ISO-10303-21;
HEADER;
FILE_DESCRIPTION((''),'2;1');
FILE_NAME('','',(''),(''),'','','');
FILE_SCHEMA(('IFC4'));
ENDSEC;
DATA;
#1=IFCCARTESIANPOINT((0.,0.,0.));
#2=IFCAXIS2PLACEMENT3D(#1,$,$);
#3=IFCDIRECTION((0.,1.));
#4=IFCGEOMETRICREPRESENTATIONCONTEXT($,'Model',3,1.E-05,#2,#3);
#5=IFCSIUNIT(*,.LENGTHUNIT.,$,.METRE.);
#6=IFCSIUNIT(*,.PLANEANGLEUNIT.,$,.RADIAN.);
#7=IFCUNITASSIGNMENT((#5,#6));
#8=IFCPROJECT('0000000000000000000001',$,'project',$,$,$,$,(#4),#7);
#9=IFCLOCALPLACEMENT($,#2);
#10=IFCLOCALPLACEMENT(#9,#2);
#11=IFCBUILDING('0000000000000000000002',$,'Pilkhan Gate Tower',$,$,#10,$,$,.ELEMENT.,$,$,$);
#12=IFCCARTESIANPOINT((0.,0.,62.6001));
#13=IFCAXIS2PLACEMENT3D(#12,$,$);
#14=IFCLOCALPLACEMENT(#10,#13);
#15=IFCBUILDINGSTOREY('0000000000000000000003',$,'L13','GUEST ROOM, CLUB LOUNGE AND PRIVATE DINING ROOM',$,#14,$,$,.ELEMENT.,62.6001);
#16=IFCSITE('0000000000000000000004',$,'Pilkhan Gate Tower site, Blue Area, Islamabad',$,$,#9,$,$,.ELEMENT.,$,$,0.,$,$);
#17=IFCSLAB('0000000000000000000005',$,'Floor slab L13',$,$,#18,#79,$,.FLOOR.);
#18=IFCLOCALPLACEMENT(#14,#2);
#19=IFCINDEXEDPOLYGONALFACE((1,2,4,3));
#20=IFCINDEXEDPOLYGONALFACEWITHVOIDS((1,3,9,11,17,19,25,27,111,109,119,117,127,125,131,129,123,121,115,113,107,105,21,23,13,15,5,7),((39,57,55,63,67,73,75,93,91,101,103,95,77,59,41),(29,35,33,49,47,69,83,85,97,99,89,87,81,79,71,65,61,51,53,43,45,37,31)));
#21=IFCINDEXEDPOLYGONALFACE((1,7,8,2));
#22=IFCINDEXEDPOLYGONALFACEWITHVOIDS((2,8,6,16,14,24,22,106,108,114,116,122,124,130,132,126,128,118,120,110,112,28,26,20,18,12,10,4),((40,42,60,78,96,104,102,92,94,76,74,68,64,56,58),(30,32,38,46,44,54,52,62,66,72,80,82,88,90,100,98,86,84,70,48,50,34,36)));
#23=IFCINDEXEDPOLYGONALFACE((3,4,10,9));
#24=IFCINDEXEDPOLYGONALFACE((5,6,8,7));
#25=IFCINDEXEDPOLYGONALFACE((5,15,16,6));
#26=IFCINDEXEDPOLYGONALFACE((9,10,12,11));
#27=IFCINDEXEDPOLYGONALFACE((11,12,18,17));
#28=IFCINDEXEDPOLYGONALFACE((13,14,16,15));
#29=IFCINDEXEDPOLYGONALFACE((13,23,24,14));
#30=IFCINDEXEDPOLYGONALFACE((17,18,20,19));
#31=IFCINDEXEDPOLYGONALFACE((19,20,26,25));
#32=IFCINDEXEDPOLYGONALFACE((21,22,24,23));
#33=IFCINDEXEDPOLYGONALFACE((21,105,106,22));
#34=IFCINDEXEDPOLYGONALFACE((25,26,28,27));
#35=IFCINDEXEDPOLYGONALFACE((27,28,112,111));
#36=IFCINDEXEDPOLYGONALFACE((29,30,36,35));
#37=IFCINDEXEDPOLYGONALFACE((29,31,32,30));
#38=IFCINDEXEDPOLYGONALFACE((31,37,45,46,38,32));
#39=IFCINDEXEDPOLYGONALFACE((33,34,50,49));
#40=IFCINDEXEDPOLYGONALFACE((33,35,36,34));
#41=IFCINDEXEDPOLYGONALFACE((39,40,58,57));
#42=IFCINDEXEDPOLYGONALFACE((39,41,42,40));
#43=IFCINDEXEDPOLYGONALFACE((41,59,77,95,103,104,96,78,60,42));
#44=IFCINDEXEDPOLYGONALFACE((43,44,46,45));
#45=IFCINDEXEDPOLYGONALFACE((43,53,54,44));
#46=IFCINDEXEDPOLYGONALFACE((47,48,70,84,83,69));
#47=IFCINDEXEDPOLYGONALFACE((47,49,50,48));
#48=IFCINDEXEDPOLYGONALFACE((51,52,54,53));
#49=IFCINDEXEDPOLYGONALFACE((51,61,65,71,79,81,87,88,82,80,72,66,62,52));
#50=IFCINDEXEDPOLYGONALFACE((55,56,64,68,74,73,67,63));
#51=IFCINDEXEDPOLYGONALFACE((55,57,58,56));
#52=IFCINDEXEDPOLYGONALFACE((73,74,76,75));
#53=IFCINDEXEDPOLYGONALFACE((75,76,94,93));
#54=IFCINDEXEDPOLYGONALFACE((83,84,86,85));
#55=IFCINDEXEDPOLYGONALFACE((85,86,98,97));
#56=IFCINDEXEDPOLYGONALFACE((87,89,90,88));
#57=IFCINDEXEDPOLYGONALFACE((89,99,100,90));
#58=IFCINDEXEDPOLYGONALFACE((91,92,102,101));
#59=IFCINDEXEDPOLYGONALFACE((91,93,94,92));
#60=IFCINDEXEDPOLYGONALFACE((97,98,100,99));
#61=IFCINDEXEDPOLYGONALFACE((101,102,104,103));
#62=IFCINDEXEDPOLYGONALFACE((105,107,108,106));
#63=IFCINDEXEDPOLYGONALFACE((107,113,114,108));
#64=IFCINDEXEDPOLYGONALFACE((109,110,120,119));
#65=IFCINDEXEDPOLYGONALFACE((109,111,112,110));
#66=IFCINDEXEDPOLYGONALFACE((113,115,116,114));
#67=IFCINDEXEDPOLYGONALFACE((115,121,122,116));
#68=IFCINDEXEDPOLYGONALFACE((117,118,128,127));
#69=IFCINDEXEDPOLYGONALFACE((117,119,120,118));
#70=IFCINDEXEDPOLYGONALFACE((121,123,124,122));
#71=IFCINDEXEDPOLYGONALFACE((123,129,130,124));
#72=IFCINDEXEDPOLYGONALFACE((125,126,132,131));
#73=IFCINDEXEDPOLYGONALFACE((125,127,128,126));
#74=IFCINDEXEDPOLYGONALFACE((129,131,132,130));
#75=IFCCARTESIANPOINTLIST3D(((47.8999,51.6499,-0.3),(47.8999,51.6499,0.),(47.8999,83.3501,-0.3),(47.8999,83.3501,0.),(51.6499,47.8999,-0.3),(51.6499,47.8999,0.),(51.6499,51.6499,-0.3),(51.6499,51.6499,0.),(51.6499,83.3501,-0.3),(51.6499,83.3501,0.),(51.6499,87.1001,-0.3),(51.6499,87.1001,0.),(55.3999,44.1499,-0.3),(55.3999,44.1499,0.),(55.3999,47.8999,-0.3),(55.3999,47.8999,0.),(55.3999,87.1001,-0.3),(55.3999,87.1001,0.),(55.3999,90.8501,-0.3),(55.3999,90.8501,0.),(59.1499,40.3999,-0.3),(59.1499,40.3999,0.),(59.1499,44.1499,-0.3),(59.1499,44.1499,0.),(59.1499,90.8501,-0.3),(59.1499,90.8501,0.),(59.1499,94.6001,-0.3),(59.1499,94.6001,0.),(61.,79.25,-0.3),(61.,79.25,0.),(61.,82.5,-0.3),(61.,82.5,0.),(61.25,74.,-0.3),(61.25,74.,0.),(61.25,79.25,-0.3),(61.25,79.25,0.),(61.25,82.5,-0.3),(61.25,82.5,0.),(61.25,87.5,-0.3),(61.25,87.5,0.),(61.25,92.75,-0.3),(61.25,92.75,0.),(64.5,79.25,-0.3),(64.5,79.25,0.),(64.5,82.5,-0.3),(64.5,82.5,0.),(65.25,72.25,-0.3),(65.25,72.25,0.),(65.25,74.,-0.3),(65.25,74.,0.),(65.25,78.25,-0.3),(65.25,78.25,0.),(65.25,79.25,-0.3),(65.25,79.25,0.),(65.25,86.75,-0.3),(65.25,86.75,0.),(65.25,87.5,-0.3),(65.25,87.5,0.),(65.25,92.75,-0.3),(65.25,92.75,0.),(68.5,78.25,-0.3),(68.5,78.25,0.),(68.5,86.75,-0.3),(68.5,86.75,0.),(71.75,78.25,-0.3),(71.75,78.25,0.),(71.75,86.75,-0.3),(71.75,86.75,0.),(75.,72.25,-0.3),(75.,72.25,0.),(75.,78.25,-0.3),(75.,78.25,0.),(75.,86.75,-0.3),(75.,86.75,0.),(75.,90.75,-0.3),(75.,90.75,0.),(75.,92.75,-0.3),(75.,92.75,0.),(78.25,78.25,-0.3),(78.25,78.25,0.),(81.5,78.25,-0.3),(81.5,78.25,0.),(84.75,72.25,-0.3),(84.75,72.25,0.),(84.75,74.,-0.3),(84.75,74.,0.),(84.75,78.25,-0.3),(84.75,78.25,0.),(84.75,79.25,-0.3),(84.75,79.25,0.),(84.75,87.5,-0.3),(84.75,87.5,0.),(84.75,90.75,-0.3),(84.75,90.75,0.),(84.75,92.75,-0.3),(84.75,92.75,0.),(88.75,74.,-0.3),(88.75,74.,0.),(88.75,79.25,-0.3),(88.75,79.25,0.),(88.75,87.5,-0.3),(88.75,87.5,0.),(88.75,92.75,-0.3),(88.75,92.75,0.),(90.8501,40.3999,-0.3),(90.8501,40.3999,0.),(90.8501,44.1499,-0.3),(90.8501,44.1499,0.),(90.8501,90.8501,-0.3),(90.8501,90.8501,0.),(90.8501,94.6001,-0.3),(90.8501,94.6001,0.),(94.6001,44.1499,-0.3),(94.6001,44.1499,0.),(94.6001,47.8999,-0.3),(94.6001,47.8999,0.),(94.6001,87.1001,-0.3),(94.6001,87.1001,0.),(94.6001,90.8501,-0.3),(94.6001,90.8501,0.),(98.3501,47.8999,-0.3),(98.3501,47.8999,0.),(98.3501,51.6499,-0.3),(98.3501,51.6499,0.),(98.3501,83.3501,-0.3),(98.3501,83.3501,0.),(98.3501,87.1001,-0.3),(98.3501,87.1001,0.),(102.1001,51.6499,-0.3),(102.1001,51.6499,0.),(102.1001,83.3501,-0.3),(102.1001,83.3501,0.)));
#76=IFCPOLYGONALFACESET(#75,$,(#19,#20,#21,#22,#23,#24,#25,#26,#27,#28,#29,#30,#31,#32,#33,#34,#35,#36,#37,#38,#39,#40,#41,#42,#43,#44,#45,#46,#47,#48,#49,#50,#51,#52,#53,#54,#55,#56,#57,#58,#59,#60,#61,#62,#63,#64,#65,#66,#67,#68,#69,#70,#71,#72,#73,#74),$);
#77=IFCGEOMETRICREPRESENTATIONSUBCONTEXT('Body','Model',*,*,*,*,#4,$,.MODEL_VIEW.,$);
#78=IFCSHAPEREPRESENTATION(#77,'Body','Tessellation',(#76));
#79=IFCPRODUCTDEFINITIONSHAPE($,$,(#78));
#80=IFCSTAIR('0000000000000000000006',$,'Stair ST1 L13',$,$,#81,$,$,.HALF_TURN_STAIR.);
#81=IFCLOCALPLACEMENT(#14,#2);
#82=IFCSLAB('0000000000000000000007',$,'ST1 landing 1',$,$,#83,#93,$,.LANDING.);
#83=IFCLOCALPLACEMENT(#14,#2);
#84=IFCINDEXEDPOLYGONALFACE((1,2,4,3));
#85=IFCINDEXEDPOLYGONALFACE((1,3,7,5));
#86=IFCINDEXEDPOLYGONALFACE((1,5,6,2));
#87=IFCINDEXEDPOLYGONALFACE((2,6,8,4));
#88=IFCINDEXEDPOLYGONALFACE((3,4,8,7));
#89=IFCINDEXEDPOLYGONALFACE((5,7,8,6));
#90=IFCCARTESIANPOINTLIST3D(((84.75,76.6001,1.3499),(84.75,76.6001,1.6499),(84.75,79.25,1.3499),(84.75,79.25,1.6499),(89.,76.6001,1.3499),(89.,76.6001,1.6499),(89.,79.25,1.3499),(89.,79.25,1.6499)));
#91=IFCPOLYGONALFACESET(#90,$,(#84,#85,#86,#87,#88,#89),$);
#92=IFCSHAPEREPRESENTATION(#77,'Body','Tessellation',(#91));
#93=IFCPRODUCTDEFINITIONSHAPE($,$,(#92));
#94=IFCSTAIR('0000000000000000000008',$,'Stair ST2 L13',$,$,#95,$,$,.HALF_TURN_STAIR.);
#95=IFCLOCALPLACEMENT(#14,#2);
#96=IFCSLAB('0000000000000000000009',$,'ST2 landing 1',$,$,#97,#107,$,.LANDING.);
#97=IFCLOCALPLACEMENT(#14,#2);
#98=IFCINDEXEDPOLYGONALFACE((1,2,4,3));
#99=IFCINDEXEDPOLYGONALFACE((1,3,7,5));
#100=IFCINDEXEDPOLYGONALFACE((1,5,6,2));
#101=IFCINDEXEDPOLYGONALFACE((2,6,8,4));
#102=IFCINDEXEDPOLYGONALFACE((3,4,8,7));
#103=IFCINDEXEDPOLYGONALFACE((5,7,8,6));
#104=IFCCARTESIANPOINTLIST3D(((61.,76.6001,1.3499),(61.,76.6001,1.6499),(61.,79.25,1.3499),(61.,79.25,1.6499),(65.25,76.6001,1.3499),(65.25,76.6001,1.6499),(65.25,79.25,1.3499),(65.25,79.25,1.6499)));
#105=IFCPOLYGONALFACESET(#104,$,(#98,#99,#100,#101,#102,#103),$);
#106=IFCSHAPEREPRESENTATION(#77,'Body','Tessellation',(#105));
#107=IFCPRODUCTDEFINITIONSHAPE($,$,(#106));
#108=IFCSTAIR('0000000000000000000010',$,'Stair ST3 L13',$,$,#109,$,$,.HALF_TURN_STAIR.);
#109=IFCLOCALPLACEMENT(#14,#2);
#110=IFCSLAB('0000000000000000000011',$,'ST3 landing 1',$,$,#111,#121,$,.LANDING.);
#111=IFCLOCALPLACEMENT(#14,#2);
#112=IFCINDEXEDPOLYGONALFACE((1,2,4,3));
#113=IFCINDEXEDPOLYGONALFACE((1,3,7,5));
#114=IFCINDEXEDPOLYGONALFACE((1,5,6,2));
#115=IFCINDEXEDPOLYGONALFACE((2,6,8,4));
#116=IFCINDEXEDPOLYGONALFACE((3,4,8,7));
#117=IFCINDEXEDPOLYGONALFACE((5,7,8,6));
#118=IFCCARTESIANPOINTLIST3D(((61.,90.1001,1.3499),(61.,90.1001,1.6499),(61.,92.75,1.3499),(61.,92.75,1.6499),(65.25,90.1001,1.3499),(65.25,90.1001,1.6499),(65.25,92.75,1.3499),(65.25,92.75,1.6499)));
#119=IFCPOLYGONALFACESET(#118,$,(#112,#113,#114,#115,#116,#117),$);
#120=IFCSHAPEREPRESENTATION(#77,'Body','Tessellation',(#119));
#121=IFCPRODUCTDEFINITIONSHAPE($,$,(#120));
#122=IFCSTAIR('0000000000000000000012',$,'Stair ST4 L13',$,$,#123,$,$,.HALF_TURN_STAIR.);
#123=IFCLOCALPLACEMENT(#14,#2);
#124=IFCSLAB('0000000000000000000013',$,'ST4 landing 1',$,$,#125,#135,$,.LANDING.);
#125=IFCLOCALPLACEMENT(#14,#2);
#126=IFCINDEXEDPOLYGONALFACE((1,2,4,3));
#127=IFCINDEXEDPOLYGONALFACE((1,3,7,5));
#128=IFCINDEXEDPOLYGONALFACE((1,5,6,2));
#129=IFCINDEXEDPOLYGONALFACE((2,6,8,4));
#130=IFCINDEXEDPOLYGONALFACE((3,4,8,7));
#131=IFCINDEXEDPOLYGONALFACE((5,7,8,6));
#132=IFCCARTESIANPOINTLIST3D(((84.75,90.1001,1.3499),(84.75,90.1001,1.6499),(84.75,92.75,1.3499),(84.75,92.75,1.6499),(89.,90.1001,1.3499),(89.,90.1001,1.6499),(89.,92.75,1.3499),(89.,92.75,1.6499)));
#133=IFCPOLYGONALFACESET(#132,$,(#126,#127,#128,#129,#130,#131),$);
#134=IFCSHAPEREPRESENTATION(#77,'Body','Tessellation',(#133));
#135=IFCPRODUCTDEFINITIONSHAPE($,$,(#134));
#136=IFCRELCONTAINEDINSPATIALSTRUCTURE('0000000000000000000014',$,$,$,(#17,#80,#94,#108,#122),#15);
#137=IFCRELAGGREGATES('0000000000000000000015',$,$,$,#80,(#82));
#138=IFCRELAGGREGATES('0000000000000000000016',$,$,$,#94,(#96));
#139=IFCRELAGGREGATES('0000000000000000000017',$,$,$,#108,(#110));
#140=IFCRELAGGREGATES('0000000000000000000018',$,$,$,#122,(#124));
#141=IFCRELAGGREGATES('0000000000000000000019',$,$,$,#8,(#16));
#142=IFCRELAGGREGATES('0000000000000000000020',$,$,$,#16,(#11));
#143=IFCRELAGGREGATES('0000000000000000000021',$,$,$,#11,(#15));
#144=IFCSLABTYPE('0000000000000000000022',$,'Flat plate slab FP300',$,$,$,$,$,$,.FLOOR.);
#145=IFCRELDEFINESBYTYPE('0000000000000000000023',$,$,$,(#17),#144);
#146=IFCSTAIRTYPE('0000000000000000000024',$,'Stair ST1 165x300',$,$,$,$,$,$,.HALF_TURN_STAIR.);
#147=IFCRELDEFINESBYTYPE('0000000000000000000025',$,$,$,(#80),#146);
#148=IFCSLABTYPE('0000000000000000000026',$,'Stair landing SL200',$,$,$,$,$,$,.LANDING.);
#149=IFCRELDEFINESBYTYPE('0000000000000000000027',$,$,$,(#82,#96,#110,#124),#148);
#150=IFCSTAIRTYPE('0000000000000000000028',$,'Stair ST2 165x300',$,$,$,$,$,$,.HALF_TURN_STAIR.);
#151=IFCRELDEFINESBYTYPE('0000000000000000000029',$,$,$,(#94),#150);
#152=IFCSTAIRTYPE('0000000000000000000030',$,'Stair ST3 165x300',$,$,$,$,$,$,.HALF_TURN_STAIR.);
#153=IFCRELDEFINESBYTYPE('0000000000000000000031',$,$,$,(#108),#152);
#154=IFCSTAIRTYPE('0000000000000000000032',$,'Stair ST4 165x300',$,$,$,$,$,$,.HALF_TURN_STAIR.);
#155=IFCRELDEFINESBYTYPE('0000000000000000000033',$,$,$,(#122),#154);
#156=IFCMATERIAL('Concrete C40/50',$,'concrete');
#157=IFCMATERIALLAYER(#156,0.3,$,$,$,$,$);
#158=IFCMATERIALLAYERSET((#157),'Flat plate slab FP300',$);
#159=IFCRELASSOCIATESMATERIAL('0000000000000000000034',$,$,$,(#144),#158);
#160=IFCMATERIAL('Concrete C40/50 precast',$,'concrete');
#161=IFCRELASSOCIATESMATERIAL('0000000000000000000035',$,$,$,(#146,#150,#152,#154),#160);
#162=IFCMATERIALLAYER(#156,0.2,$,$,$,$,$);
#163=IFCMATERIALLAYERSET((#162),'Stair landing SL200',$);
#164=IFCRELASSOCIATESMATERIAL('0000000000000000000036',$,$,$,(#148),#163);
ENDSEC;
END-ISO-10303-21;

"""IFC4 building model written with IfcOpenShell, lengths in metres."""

from ifc_helpers import new_model, si_unit, direction, frame, origin, place, context, subcontext, project, spatial, polyline, outline, extrude, material, layer, layer_set, type_object, element, aggregate, save


model = new_model("IFC4")

# Units and contexts
model_context = context("Model", 3, precision=1e-05, world=origin(), true_north=direction((0.0, 1.0)))
body_context = subcontext(model_context, "Body", "Model", "MODEL_VIEW")
ifc_project = project(units=[si_unit("LENGTHUNIT", "METRE"), si_unit("PLANEANGLEUNIT", "RADIAN")], contexts=[model_context])

# Site, building, storey
site_placement = place(None, origin())
site = spatial("IfcSite", under=ifc_project, at=site_placement, Name="Pilkhan Gate Tower site, Blue Area, Islamabad", CompositionType="ELEMENT", RefElevation=0.0)
building_placement = place(site_placement, origin())
building = spatial("IfcBuilding", under=site, at=building_placement, Name="Pilkhan Gate Tower", CompositionType="ELEMENT")
storey_placement = place(building_placement, frame((0.0, 0.0, 62.6001)))
storey = spatial("IfcBuildingStorey", under=building, at=storey_placement, Name="L13", Description="GUEST ROOM, CLUB LOUNGE AND PRIVATE DINING ROOM", CompositionType="ELEMENT", Elevation=62.6001)

# Slab
ifc_material_1 = material(Name="Concrete C40/50", Category="concrete")
ifc_layer_1 = layer(ifc_material_1, 0.3)
ifc_layer_set_1 = layer_set([ifc_layer_1], Name="Flat plate slab FP300")
slab_type_1 = type_object("IfcSlabType", Name="Flat plate slab FP300", PredefinedType="FLOOR", material=ifc_layer_set_1)
slab_1_placement = place(storey_placement, frame((0.0, 0.0, -0.3)))
element("IfcSlab", 1, at=slab_1_placement, inside=storey, type_object=slab_type_1, Name="Floor slab L13", PredefinedType="FLOOR", context=body_context, shape_type="SweptSolid", body=[
    extrude(outline(polyline([(98.3501, 47.8999), (94.6001, 47.8999), (94.6001, 44.1499), (90.8501, 44.1499), (90.8501, 40.3999), (59.1499, 40.3999), (59.1499, 44.1499), (55.3999, 44.1499), (55.3999, 47.8999), (51.6499, 47.8999), (51.6499, 51.6499), (47.8999, 51.6499), (47.8999, 83.3501), (51.6499, 83.3501), (51.6499, 87.1001), (55.3999, 87.1001), (55.3999, 90.8501), (59.1499, 90.8501), (59.1499, 94.6001), (90.8501, 94.6001), (90.8501, 90.8501), (94.6001, 90.8501), (94.6001, 87.1001), (98.3501, 87.1001), (98.3501, 83.3501), (102.1001, 83.3501), (102.1001, 51.6499), (98.3501, 51.6499), (98.3501, 47.8999)]), holes=[polyline([(65.25, 87.5), (65.25, 86.75), (68.5, 86.75), (71.75, 86.75), (75.0, 86.75), (75.0, 90.75), (84.75, 90.75), (84.75, 87.5), (88.75, 87.5), (88.75, 92.75), (84.75, 92.75), (75.0, 92.75), (65.25, 92.75), (61.25, 92.75), (61.25, 87.5), (65.25, 87.5)]), polyline([(75.0, 72.25), (84.75, 72.25), (84.75, 74.0), (88.75, 74.0), (88.75, 79.25), (84.75, 79.25), (84.75, 78.25), (81.5, 78.25), (78.25, 78.25), (75.0, 78.25), (71.75, 78.25), (68.5, 78.25), (65.25, 78.25), (65.25, 79.25), (64.5, 79.25), (64.5, 82.5), (61.25, 82.5), (61.0, 82.5), (61.0, 79.25), (61.25, 79.25), (61.25, 74.0), (65.25, 74.0), (65.25, 72.25), (75.0, 72.25)])]), origin(), (0.0, 0.0, 1.0), 0.3),
])

# Stairs, slabs
ifc_material_2 = material(Name="Concrete C40/50 precast", Category="concrete")
stair_type_1 = type_object("IfcStairType", Name="Stair ST1 165x300", PredefinedType="HALF_TURN_STAIR", material=ifc_material_2)
stair_1_placement = place(storey_placement, origin())
stair_1 = element("IfcStair", 2, at=stair_1_placement, inside=storey, type_object=stair_type_1, Name="Stair ST1 L13", PredefinedType="HALF_TURN_STAIR")
ifc_layer_2 = layer(ifc_material_1, 0.2)
ifc_layer_set_2 = layer_set([ifc_layer_2], Name="Stair landing SL200")
slab_type_2 = type_object("IfcSlabType", Name="Stair landing SL200", PredefinedType="LANDING", material=ifc_layer_set_2)
slab_2_placement = place(storey_placement, frame((0.0, 0.0, 1.3499)))
slab_2 = element("IfcSlab", 3, at=slab_2_placement, type_object=slab_type_2, Name="ST1 landing 1", PredefinedType="LANDING", context=body_context, shape_type="SweptSolid", body=[
    extrude(outline(polyline([(89.0, 76.6001), (89.0, 79.25), (84.75, 79.25), (84.75, 76.6001), (89.0, 76.6001)])), origin(), (0.0, 0.0, 1.0), 0.3),
])
aggregate(stair_1, [slab_2])
stair_type_2 = type_object("IfcStairType", Name="Stair ST2 165x300", PredefinedType="HALF_TURN_STAIR", material=ifc_material_2)
stair_2_placement = place(storey_placement, origin())
stair_2 = element("IfcStair", 4, at=stair_2_placement, inside=storey, type_object=stair_type_2, Name="Stair ST2 L13", PredefinedType="HALF_TURN_STAIR")
slab_3_placement = place(storey_placement, frame((0.0, 0.0, 1.3499)))
slab_3 = element("IfcSlab", 5, at=slab_3_placement, type_object=slab_type_2, Name="ST2 landing 1", PredefinedType="LANDING", context=body_context, shape_type="SweptSolid", body=[
    extrude(outline(polyline([(65.25, 76.6001), (65.25, 79.25), (61.0, 79.25), (61.0, 76.6001), (65.25, 76.6001)])), origin(), (0.0, 0.0, 1.0), 0.3),
])
aggregate(stair_2, [slab_3])
stair_type_3 = type_object("IfcStairType", Name="Stair ST3 165x300", PredefinedType="HALF_TURN_STAIR", material=ifc_material_2)
stair_3_placement = place(storey_placement, origin())
stair_3 = element("IfcStair", 6, at=stair_3_placement, inside=storey, type_object=stair_type_3, Name="Stair ST3 L13", PredefinedType="HALF_TURN_STAIR")
slab_4_placement = place(storey_placement, frame((0.0, 0.0, 1.3499)))
slab_4 = element("IfcSlab", 7, at=slab_4_placement, type_object=slab_type_2, Name="ST3 landing 1", PredefinedType="LANDING", context=body_context, shape_type="SweptSolid", body=[
    extrude(outline(polyline([(65.25, 90.1001), (65.25, 92.75), (61.0, 92.75), (61.0, 90.1001), (65.25, 90.1001)])), origin(), (0.0, 0.0, 1.0), 0.3),
])
aggregate(stair_3, [slab_4])
stair_type_4 = type_object("IfcStairType", Name="Stair ST4 165x300", PredefinedType="HALF_TURN_STAIR", material=ifc_material_2)
stair_4_placement = place(storey_placement, origin())
stair_4 = element("IfcStair", 8, at=stair_4_placement, inside=storey, type_object=stair_type_4, Name="Stair ST4 L13", PredefinedType="HALF_TURN_STAIR")
slab_5_placement = place(storey_placement, frame((0.0, 0.0, 1.3499)))
slab_5 = element("IfcSlab", 9, at=slab_5_placement, type_object=slab_type_2, Name="ST4 landing 1", PredefinedType="LANDING", context=body_context, shape_type="SweptSolid", body=[
    extrude(outline(polyline([(89.0, 90.1001), (89.0, 92.75), (84.75, 92.75), (84.75, 90.1001), (89.0, 90.1001)])), origin(), (0.0, 0.0, 1.0), 0.3),
])
aggregate(stair_4, [slab_5])

save(model, "model.ifc")
